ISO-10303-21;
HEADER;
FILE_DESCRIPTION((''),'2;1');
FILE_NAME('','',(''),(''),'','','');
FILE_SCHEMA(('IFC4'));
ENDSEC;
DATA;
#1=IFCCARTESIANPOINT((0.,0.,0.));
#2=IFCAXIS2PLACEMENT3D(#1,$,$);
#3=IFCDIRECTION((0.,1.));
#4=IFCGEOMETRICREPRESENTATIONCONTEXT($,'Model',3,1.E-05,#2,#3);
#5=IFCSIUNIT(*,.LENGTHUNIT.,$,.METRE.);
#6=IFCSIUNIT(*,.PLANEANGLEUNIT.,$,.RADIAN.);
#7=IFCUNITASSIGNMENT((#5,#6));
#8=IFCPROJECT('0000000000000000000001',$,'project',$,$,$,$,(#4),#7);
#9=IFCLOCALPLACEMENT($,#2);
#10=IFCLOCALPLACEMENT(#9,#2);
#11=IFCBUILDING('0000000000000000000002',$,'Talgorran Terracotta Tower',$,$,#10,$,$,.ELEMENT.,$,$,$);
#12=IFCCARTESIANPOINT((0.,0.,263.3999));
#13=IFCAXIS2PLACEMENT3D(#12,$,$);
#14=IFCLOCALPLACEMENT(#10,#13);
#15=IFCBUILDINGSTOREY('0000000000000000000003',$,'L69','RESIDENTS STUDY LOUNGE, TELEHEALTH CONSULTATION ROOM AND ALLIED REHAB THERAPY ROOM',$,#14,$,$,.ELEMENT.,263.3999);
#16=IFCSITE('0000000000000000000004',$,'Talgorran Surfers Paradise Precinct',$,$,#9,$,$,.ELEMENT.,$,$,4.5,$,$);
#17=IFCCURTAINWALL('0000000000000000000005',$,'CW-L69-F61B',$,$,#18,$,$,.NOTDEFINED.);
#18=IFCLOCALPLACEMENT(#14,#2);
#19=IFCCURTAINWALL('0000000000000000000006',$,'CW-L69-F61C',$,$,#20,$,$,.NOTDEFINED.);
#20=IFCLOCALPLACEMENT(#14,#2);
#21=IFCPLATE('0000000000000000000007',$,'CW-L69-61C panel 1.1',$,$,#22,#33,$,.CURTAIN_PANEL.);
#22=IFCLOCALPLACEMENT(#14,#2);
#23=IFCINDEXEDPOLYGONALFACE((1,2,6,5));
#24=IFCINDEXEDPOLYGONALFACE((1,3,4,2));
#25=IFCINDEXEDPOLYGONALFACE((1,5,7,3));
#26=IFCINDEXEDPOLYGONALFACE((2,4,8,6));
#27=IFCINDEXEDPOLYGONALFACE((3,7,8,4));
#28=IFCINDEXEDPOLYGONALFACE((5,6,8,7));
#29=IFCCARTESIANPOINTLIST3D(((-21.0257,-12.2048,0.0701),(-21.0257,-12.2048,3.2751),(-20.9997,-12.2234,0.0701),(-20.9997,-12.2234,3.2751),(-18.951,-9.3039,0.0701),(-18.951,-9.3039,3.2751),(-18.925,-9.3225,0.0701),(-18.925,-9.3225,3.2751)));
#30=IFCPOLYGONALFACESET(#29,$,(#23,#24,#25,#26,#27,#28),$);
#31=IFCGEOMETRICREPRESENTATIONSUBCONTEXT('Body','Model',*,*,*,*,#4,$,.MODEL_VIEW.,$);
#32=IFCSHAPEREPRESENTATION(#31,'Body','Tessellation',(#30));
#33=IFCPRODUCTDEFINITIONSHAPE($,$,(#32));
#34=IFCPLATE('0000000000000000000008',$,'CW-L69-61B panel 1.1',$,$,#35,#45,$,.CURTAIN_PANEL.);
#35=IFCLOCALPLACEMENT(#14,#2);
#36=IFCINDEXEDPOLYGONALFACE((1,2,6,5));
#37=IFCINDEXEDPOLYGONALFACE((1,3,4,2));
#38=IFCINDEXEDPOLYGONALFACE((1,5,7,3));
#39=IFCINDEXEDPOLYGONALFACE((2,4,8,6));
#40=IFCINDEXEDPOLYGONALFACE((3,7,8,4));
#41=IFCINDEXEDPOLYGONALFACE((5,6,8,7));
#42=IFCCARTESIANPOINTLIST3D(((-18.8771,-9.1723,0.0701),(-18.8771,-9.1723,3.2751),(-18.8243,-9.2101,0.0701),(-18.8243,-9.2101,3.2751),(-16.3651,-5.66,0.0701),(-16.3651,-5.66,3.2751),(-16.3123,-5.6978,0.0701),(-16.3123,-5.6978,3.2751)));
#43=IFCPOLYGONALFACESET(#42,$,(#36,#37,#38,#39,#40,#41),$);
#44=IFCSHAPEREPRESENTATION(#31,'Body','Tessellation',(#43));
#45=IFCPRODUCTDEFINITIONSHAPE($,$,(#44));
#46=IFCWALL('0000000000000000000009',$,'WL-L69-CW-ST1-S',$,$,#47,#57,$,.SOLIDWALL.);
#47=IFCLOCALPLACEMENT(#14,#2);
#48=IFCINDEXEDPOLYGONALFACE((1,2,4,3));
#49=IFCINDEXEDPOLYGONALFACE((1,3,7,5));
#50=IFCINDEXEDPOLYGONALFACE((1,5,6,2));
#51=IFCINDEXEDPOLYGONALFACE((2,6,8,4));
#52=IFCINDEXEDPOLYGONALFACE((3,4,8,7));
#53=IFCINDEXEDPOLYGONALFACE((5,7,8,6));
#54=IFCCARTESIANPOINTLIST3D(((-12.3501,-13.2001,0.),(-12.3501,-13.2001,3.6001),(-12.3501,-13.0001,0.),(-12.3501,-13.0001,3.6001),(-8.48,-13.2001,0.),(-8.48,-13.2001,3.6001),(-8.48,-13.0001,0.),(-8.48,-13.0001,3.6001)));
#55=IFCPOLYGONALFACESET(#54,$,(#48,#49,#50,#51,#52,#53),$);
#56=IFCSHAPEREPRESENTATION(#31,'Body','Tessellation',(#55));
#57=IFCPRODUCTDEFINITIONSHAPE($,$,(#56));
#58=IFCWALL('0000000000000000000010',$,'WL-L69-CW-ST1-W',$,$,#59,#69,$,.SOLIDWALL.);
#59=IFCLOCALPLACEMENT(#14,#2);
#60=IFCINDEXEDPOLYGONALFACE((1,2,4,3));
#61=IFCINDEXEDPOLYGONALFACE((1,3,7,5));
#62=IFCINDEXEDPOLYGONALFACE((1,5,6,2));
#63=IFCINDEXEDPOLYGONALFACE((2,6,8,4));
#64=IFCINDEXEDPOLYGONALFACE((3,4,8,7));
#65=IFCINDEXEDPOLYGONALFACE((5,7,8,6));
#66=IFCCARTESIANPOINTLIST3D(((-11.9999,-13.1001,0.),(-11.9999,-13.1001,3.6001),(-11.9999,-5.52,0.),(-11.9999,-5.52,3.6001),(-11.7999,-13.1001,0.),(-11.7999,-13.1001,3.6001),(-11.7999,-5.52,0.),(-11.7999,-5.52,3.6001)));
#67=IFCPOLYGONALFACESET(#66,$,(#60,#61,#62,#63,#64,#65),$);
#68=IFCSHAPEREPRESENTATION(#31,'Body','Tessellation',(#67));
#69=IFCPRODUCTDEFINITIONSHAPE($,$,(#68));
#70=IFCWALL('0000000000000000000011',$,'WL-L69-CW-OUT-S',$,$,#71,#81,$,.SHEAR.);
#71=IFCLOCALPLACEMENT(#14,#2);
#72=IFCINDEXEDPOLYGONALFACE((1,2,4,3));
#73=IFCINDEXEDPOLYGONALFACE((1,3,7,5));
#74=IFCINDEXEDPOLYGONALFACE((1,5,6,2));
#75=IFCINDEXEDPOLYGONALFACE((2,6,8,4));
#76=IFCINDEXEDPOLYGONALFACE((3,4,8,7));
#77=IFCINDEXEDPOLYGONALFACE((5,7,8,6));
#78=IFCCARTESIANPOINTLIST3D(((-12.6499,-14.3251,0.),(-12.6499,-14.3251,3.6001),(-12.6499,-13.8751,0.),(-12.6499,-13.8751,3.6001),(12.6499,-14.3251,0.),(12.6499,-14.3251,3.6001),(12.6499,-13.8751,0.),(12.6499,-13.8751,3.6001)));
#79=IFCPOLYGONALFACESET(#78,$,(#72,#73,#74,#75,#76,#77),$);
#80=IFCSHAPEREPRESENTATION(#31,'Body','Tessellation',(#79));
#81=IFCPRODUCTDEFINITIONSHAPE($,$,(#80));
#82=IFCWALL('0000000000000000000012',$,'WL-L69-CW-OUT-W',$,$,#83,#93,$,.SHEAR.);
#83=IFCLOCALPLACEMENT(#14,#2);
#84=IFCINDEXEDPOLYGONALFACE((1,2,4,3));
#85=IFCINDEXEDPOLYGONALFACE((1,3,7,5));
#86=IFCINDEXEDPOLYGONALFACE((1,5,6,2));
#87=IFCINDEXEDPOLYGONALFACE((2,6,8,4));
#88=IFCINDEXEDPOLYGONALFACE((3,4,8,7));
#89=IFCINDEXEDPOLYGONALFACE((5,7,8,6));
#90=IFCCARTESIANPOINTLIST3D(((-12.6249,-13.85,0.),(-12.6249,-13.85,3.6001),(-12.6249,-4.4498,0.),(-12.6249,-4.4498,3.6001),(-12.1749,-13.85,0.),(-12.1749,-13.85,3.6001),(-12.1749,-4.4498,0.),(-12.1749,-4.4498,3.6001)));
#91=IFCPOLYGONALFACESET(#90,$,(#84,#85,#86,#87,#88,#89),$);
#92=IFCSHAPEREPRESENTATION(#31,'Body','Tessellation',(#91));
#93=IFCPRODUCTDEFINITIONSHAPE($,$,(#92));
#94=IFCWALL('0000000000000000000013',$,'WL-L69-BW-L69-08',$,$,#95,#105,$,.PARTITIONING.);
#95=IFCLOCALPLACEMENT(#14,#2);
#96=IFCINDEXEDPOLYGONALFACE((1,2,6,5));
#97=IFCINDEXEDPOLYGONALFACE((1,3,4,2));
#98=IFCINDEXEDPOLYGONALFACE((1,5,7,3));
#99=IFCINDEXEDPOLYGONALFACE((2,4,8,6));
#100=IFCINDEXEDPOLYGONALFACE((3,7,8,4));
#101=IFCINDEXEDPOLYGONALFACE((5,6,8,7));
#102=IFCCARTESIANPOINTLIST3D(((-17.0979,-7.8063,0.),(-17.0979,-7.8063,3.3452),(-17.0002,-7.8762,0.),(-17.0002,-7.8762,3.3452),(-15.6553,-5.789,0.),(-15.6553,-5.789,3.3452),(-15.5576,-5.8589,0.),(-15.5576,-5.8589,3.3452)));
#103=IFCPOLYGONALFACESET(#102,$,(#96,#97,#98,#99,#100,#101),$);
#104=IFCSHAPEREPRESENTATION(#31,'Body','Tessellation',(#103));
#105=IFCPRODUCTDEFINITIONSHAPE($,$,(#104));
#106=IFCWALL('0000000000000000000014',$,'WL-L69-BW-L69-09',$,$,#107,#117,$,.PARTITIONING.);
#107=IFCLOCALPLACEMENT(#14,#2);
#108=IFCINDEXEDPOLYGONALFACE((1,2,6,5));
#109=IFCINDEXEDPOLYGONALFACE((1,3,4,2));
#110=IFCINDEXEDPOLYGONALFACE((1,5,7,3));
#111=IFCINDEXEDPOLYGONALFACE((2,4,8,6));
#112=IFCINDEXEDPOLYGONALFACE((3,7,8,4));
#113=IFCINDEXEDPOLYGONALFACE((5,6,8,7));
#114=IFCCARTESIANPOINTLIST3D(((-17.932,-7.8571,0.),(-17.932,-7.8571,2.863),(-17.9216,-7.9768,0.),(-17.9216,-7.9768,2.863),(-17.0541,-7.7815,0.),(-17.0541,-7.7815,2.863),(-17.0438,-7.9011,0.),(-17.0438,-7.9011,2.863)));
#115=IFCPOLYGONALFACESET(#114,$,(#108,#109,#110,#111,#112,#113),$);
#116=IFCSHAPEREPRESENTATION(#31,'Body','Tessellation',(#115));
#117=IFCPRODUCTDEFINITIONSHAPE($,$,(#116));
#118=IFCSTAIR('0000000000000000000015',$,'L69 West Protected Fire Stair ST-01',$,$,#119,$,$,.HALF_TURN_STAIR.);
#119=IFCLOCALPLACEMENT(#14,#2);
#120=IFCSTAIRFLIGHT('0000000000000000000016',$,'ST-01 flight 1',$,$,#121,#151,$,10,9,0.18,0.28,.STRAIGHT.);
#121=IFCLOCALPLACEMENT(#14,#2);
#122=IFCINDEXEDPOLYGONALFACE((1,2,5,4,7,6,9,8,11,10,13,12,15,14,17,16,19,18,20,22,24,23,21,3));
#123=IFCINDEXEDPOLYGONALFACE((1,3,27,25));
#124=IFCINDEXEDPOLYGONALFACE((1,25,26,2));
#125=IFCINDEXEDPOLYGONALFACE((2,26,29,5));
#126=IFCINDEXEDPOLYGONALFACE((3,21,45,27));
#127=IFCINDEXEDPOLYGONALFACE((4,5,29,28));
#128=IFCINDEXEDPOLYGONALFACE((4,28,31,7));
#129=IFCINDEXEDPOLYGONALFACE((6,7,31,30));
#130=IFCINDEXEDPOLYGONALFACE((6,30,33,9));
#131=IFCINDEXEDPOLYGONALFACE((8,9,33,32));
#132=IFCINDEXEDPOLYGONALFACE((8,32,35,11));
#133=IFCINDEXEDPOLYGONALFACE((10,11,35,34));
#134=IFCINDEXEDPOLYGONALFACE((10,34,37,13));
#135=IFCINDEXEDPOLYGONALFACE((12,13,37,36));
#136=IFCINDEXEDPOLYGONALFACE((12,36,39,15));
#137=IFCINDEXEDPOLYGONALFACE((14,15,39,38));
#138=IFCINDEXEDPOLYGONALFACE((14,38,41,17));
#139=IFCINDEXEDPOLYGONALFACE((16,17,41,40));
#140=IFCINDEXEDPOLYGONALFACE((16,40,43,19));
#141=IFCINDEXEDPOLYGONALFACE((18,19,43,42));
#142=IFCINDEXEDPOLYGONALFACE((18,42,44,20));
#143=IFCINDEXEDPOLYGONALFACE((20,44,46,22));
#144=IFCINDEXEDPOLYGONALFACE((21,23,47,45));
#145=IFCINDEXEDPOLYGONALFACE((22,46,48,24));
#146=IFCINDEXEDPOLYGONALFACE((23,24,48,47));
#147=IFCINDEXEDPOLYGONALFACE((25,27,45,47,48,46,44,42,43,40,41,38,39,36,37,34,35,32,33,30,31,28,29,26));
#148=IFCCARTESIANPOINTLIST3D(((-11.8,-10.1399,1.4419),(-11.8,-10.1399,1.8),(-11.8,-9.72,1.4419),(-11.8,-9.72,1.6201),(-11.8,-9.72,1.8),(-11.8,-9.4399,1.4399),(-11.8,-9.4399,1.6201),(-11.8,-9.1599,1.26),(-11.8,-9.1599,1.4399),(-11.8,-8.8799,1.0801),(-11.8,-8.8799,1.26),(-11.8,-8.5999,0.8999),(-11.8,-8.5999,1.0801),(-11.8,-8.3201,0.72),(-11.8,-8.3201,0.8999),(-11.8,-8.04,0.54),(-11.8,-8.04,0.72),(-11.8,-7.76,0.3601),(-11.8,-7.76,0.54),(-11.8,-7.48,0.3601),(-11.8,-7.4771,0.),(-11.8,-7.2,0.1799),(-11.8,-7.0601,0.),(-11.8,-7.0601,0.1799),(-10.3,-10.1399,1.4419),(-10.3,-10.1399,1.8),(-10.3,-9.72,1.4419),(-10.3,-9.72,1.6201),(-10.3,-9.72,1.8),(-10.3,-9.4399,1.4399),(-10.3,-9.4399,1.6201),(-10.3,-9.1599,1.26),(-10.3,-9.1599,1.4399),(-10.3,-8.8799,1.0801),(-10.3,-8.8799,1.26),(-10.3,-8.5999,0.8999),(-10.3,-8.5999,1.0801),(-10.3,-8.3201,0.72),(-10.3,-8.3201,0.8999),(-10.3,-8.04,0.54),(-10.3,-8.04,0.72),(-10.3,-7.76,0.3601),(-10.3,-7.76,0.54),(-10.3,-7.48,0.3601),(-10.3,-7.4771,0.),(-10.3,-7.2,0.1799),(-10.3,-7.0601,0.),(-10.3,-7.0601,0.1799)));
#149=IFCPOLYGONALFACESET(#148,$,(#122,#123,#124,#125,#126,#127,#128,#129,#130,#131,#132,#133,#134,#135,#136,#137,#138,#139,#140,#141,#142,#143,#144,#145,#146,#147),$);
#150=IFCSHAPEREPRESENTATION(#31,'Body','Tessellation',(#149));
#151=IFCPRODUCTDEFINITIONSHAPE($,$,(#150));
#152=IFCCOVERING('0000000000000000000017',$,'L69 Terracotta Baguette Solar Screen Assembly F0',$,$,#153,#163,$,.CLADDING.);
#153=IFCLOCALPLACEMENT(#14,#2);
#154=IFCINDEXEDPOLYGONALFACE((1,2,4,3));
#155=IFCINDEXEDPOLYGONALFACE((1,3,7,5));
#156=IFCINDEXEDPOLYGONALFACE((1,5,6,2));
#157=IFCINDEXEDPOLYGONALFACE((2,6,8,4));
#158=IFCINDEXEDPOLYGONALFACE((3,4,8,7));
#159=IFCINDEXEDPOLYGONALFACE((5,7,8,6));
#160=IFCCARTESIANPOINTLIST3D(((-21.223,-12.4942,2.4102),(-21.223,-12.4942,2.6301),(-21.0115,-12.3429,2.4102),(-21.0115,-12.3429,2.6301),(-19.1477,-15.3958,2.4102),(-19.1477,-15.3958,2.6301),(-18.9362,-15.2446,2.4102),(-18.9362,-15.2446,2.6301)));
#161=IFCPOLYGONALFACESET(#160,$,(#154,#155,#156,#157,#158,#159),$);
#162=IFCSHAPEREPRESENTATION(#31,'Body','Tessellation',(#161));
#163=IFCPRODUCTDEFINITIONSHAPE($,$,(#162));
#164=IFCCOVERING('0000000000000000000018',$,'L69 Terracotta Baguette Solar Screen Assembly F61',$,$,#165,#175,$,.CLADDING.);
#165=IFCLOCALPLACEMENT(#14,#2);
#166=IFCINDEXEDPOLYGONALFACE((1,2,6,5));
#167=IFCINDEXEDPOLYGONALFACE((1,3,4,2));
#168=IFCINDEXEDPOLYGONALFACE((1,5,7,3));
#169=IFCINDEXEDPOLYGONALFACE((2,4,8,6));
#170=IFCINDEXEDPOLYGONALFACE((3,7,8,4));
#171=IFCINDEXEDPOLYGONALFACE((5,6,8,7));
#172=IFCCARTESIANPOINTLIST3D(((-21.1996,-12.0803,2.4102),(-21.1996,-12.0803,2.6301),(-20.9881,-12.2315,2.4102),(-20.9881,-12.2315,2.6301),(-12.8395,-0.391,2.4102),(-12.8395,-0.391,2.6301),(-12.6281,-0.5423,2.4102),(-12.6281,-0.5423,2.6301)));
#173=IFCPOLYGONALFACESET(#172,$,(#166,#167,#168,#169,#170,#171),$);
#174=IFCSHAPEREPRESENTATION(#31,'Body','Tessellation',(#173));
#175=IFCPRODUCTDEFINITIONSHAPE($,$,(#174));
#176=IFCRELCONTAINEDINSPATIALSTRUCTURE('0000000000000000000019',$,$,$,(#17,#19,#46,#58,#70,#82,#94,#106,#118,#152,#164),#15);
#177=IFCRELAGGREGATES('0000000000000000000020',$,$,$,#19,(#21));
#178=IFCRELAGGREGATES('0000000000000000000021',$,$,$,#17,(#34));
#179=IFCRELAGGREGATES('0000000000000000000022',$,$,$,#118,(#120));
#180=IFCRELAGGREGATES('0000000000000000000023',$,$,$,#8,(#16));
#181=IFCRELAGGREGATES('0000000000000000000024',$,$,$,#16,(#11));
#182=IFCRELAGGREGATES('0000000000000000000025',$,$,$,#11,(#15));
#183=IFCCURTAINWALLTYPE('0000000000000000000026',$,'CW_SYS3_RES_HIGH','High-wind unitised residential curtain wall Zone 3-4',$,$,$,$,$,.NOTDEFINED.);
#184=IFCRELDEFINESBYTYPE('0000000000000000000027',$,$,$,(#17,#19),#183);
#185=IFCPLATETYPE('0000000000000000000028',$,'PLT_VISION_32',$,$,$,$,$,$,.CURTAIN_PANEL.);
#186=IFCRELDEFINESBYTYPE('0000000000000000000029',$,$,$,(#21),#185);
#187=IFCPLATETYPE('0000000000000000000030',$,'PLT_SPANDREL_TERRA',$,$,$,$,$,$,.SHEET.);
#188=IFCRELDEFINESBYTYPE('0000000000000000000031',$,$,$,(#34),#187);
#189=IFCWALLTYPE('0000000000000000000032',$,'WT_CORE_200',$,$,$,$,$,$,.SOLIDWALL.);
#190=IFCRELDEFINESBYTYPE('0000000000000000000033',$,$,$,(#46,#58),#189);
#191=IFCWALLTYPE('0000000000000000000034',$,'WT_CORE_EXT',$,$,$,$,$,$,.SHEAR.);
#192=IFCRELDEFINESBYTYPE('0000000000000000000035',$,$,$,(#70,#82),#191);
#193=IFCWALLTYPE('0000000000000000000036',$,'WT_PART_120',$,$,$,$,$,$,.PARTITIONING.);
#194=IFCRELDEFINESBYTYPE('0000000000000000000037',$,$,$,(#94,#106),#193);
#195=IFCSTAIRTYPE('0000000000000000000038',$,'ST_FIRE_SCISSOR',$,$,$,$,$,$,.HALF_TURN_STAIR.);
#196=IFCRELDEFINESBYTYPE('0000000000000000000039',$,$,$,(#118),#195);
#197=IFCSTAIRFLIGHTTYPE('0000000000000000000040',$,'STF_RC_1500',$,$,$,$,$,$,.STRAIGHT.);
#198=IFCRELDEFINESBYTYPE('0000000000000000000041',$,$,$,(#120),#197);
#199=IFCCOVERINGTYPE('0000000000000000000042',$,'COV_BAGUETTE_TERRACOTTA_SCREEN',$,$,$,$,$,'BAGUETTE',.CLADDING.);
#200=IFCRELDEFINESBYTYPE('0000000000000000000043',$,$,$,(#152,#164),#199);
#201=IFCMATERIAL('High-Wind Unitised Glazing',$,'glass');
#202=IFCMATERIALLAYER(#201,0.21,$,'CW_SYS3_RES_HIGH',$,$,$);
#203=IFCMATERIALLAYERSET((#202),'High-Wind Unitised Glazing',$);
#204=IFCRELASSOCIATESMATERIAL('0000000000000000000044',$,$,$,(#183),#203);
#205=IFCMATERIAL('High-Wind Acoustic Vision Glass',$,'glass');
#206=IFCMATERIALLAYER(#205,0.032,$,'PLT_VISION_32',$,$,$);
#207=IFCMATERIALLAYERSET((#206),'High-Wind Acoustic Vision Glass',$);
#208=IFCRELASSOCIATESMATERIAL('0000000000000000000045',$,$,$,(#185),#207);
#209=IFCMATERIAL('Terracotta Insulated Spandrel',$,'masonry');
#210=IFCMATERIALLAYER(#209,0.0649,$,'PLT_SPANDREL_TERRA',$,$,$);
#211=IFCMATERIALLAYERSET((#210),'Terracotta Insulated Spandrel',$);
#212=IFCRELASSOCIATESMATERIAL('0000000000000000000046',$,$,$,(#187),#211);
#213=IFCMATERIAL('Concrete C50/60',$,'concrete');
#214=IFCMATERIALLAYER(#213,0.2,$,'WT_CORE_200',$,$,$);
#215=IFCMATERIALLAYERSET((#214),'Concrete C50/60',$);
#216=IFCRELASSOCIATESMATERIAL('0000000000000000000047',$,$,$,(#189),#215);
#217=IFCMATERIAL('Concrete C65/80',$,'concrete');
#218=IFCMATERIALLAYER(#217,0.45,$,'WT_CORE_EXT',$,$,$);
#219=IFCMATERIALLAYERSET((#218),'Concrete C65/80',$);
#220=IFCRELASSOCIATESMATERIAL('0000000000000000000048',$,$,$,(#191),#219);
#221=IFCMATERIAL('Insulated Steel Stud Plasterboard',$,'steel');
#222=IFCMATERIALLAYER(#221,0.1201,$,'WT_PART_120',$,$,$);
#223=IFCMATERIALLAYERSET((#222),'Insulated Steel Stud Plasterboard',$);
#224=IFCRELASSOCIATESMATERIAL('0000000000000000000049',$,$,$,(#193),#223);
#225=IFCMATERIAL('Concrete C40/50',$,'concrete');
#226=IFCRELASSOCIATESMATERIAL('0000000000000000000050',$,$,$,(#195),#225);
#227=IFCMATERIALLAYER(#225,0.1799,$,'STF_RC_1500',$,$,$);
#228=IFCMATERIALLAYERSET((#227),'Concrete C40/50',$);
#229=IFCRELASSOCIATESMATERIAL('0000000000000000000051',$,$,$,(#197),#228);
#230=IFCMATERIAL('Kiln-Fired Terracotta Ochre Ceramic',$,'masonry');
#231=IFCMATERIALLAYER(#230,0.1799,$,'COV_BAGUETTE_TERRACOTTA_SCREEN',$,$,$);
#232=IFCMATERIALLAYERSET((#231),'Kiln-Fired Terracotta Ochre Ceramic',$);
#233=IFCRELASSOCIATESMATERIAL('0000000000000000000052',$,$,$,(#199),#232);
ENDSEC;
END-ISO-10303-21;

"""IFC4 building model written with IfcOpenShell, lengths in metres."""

from ifc_helpers import new_model, si_unit, direction, frame, frame_2d, origin, origin_2d, place, context, subcontext, project, spatial, polyline, rectangle, outline, extrude, source, transform, mapped, material, layer, layer_set, type_object, type_shapes, element, aggregate, save


model = new_model("IFC4")

# Units and contexts
model_context = context("Model", 3, precision=1e-05, world=origin(), true_north=direction((0.0, 1.0)))
body_context = subcontext(model_context, "Body", "Model", "MODEL_VIEW")
ifc_project = project(units=[si_unit("LENGTHUNIT", "METRE"), si_unit("PLANEANGLEUNIT", "RADIAN")], contexts=[model_context])

# Site, building, storey
site_placement = place(None, origin())
site = spatial("IfcSite", under=ifc_project, at=site_placement, Name="Talgorran Surfers Paradise Precinct", CompositionType="ELEMENT", RefElevation=4.5)
building_placement = place(site_placement, origin())
building = spatial("IfcBuilding", under=site, at=building_placement, Name="Talgorran Terracotta Tower", CompositionType="ELEMENT")
storey_placement = place(building_placement, frame((0.0, 0.0, 263.3999)))
storey = spatial("IfcBuildingStorey", under=building, at=storey_placement, Name="L69", Description="RESIDENTS STUDY LOUNGE, TELEHEALTH CONSULTATION ROOM AND ALLIED REHAB THERAPY ROOM", CompositionType="ELEMENT", Elevation=263.3999)

# Shared definitions
ifc_material_1 = material(Name="High-Wind Unitised Glazing", Category="glass")
ifc_layer_1 = layer(ifc_material_1, 0.21, Name="CW_SYS3_RES_HIGH")
ifc_layer_set_1 = layer_set([ifc_layer_1], Name="High-Wind Unitised Glazing")
curtain_wall_type = type_object("IfcCurtainWallType", Name="CW_SYS3_RES_HIGH", Description="High-wind unitised residential curtain wall Zone 3-4", PredefinedType="NOTDEFINED", material=ifc_layer_set_1)

# Curtain wall
curtain_wall_1_placement = place(storey_placement, origin())
curtain_wall_1 = element("IfcCurtainWall", 1, at=curtain_wall_1_placement, inside=storey, type_object=curtain_wall_type, Name="CW-L69-F61B", PredefinedType="NOTDEFINED")

# Curtain wall
curtain_wall_2_placement = place(storey_placement, origin())
curtain_wall_2 = element("IfcCurtainWall", 2, at=curtain_wall_2_placement, inside=storey, type_object=curtain_wall_type, Name="CW-L69-F61C", PredefinedType="NOTDEFINED")

# Plates
ifc_material_2 = material(Name="High-Wind Acoustic Vision Glass", Category="glass")
ifc_layer_2 = layer(ifc_material_2, 0.032, Name="PLT_VISION_32")
ifc_layer_set_2 = layer_set([ifc_layer_2], Name="High-Wind Acoustic Vision Glass")
plate_type_1 = type_object("IfcPlateType", Name="PLT_VISION_32", PredefinedType="CURTAIN_PANEL", material=ifc_layer_set_2)
shared_shape_1 = source(origin(), body_context, "Body", "SweptSolid", [
    extrude(rectangle(XDim=3.5664, YDim=0.032, at=origin_2d()), origin(), (0.0, 0.0, 1.0), 3.2051),
])
plate_1_placement = place(storey_placement, frame((-19.9753, -10.7637, 0.0701), z_axis=(0.0, 0.0, 1.0), x_axis=(-0.581728, -0.813383, 0.0)))
plate_1 = element("IfcPlate", 3, at=plate_1_placement, type_object=plate_type_1, Name="CW-L69-61C panel 1.1", PredefinedType="CURTAIN_PANEL", context=body_context, shape_type="MappedRepresentation", body=[
    mapped(shared_shape_1, transform((0.0, 0.0, 0.0), scale=1.0)),
])
aggregate(curtain_wall_2, [plate_1])
ifc_material_3 = material(Name="Terracotta Insulated Spandrel", Category="masonry")
ifc_layer_3 = layer(ifc_material_3, 0.0649, Name="PLT_SPANDREL_TERRA")
ifc_layer_set_3 = layer_set([ifc_layer_3], Name="Terracotta Insulated Spandrel")
plate_type_2 = type_object("IfcPlateType", Name="PLT_SPANDREL_TERRA", PredefinedType="SHEET", material=ifc_layer_set_3)
shared_shape_2 = source(origin(), body_context, "Body", "SweptSolid", [
    extrude(rectangle(XDim=4.3181, YDim=0.0649, at=origin_2d()), origin(), (0.0, 0.0, 1.0), 3.2051),
])
type_shapes(plate_type_2, [shared_shape_2])
plate_2_placement = place(storey_placement, frame((-17.5947, -7.4351, 0.0701), z_axis=(0.0, 0.0, 1.0), x_axis=(-0.581732, -0.81338, 0.0)))
plate_2 = element("IfcPlate", 4, at=plate_2_placement, type_object=plate_type_2, Name="CW-L69-61B panel 1.1", PredefinedType="CURTAIN_PANEL", context=body_context, shape_type="MappedRepresentation", body=[
    mapped(shared_shape_2, transform((0.0, 0.0, 0.0), scale=1.0)),
])
aggregate(curtain_wall_1, [plate_2])

# Walls
ifc_material_4 = material(Name="Concrete C50/60", Category="concrete")
ifc_layer_4 = layer(ifc_material_4, 0.2, Name="WT_CORE_200")
ifc_layer_set_4 = layer_set([ifc_layer_4], Name="Concrete C50/60")
wall_type_1 = type_object("IfcWallType", Name="WT_CORE_200", PredefinedType="SOLIDWALL", material=ifc_layer_set_4)
wall_1_placement = place(storey_placement, frame((-12.3501, -13.1001, 0.0), z_axis=(0.0, 0.0, 1.0), x_axis=(1.0, 0.0, 0.0)))
element("IfcWall", 5, at=wall_1_placement, inside=storey, type_object=wall_type_1, Name="WL-L69-CW-ST1-S", PredefinedType="SOLIDWALL", context=body_context, shape_type="SweptSolid", body=[
    extrude(rectangle(XDim=3.8701, YDim=0.2, at=frame_2d((1.9351, 0.0))), origin(), (0.0, 0.0, 1.0), 3.6001),
])
wall_2_placement = place(storey_placement, frame((-11.8999, -13.1001, 0.0), z_axis=(0.0, 0.0, 1.0), x_axis=(0.0, 1.0, 0.0)))
element("IfcWall", 6, at=wall_2_placement, inside=storey, type_object=wall_type_1, Name="WL-L69-CW-ST1-W", PredefinedType="SOLIDWALL", context=body_context, shape_type="SweptSolid", body=[
    extrude(rectangle(XDim=7.5801, YDim=0.2, at=frame_2d((3.79, 0.0))), origin(), (0.0, 0.0, 1.0), 3.6001),
])
ifc_material_5 = material(Name="Concrete C65/80", Category="concrete")
ifc_layer_5 = layer(ifc_material_5, 0.45, Name="WT_CORE_EXT")
ifc_layer_set_5 = layer_set([ifc_layer_5], Name="Concrete C65/80")
wall_type_2 = type_object("IfcWallType", Name="WT_CORE_EXT", PredefinedType="SHEAR", material=ifc_layer_set_5)
wall_3_placement = place(storey_placement, frame((-12.6499, -14.1001, 0.0), z_axis=(0.0, 0.0, 1.0), x_axis=(1.0, 0.0, 0.0)))
element("IfcWall", 7, at=wall_3_placement, inside=storey, type_object=wall_type_2, Name="WL-L69-CW-OUT-S", PredefinedType="SHEAR", context=body_context, shape_type="SweptSolid", body=[
    extrude(rectangle(XDim=25.2998, YDim=0.45, at=frame_2d((12.6499, 0.0))), origin(), (0.0, 0.0, 1.0), 3.6001),
])
wall_4_placement = place(storey_placement, frame((-12.3999, -13.8501, 0.0), z_axis=(0.0, 0.0, 1.0), x_axis=(0.0, 1.0, 0.0)))
element("IfcWall", 8, at=wall_4_placement, inside=storey, type_object=wall_type_2, Name="WL-L69-CW-OUT-W", PredefinedType="SHEAR", context=body_context, shape_type="SweptSolid", body=[
    extrude(rectangle(XDim=9.4001, YDim=0.45, at=frame_2d((4.7002, 0.0))), origin(), (0.0, 0.0, 1.0), 3.6001),
])
ifc_material_6 = material(Name="Insulated Steel Stud Plasterboard", Category="steel")
ifc_layer_6 = layer(ifc_material_6, 0.1201, Name="WT_PART_120")
ifc_layer_set_6 = layer_set([ifc_layer_6], Name="Insulated Steel Stud Plasterboard")
wall_type_3 = type_object("IfcWallType", Name="WT_PART_120", PredefinedType="PARTITIONING", material=ifc_layer_set_6)
wall_5_placement = place(storey_placement, frame((-15.6064, -5.824, 0.0), z_axis=(0.0, 0.0, 1.0), x_axis=(-0.581685, -0.813414, 0.0)))
element("IfcWall", 9, at=wall_5_placement, inside=storey, type_object=wall_type_3, Name="WL-L69-BW-L69-08", PredefinedType="PARTITIONING", context=body_context, shape_type="SweptSolid", body=[
    extrude(rectangle(XDim=2.48, YDim=0.1201, at=frame_2d((1.24, 0.0))), origin(), (0.0, 0.0, 1.0), 3.3452),
])
wall_6_placement = place(storey_placement, frame((-17.0491, -7.8413, 0.0), z_axis=(0.0, 0.0, 1.0), x_axis=(-0.996305, -0.085888, 0.0)))
element("IfcWall", 10, at=wall_6_placement, inside=storey, type_object=wall_type_3, Name="WL-L69-BW-L69-09", PredefinedType="PARTITIONING", context=body_context, shape_type="SweptSolid", body=[
    extrude(rectangle(XDim=0.8811, YDim=0.1201, at=frame_2d((0.4404, 0.0))), origin(), (0.0, 0.0, 1.0), 2.863),
])

# Stair, stair flight
ifc_material_7 = material(Name="Concrete C40/50", Category="concrete")
stair_type = type_object("IfcStairType", Name="ST_FIRE_SCISSOR", PredefinedType="HALF_TURN_STAIR", material=ifc_material_7)
stair_placement = place(storey_placement, origin())
stair = element("IfcStair", 11, at=stair_placement, inside=storey, type_object=stair_type, Name="L69 West Protected Fire Stair ST-01", PredefinedType="HALF_TURN_STAIR")
ifc_layer_7 = layer(ifc_material_7, 0.1799, Name="STF_RC_1500")
ifc_layer_set_7 = layer_set([ifc_layer_7], Name="Concrete C40/50")
stair_flight_type = type_object("IfcStairFlightType", Name="STF_RC_1500", PredefinedType="STRAIGHT", material=ifc_layer_set_7)
stair_flight_placement = place(storey_placement, frame((-11.05, -7.2, 0.0), z_axis=(0.0, 0.0, 1.0), x_axis=(0.0, -1.0, 0.0)))
stair_flight = element("IfcStairFlight", 12, at=stair_flight_placement, type_object=stair_flight_type, Name="ST-01 flight 1", NumberOfRisers=10, NumberOfTreads=9, PredefinedType="STRAIGHT", RiserHeight=0.18, TreadLength=0.28, context=body_context, shape_type="SweptSolid", body=[
    extrude(outline(polyline([(-0.1399, 0.0), (-0.1399, 0.1799), (0.0, 0.1799), (0.28, 0.3601), (0.5601, 0.3601), (0.5601, 0.54), (0.8401, 0.54), (0.8401, 0.72), (1.1201, 0.72), (1.1201, 0.8999), (1.3999, 0.8999), (1.3999, 1.0801), (1.6799, 1.0801), (1.6799, 1.26), (1.96, 1.26), (1.96, 1.4399), (2.24, 1.4399), (2.24, 1.6201), (2.52, 1.6201), (2.52, 1.8), (2.9399, 1.8), (2.9399, 1.4419), (2.52, 1.4419), (0.2771, 0.0), (-0.1399, 0.0)])), frame((0.0, 0.75, 0.0), z_axis=(0.0, -1.0, 0.0), x_axis=(1.0, 0.0, 0.0)), (0.0, 0.0, 1.0), 1.5),
])
aggregate(stair, [stair_flight])

# Coverings
ifc_material_8 = material(Name="Kiln-Fired Terracotta Ochre Ceramic", Category="masonry")
ifc_layer_8 = layer(ifc_material_8, 0.1799, Name="COV_BAGUETTE_TERRACOTTA_SCREEN")
ifc_layer_set_8 = layer_set([ifc_layer_8], Name="Kiln-Fired Terracotta Ochre Ceramic")
covering_type_1 = type_object("IfcCoveringType", Name="COV_BAGUETTE_TERRACOTTA_SCREEN", ElementType="BAGUETTE", PredefinedType="CLADDING", material=ifc_layer_set_8)
covering_1_placement = place(storey_placement, frame((-20.0796, -13.8694, 2.4102), z_axis=(0.0, 0.0, 1.0), x_axis=(0.58174, -0.813375, 0.0)))
element("IfcCovering", 13, at=covering_1_placement, inside=storey, type_object=covering_type_1, Name="L69 Terracotta Baguette Solar Screen Assembly F0", PredefinedType="CLADDING", context=body_context, shape_type="SweptSolid", body=[
    extrude(rectangle(XDim=3.5674, YDim=0.26, at=origin_2d()), origin(), (0.0, 0.0, 1.0), 0.22),
])
covering_2_placement = place(storey_placement, frame((-16.9138, -6.3113, 2.4102), z_axis=(0.0, 0.0, 1.0), x_axis=(-0.581726, -0.813385, 0.0)))
element("IfcCovering", 14, at=covering_2_placement, inside=storey, type_object=covering_type_1, Name="L69 Terracotta Baguette Solar Screen Assembly F61", PredefinedType="CLADDING", context=body_context, shape_type="SweptSolid", body=[
    extrude(rectangle(XDim=14.3711, YDim=0.26, at=origin_2d()), origin(), (0.0, 0.0, 1.0), 0.22),
])

save(model, "model.ifc")
